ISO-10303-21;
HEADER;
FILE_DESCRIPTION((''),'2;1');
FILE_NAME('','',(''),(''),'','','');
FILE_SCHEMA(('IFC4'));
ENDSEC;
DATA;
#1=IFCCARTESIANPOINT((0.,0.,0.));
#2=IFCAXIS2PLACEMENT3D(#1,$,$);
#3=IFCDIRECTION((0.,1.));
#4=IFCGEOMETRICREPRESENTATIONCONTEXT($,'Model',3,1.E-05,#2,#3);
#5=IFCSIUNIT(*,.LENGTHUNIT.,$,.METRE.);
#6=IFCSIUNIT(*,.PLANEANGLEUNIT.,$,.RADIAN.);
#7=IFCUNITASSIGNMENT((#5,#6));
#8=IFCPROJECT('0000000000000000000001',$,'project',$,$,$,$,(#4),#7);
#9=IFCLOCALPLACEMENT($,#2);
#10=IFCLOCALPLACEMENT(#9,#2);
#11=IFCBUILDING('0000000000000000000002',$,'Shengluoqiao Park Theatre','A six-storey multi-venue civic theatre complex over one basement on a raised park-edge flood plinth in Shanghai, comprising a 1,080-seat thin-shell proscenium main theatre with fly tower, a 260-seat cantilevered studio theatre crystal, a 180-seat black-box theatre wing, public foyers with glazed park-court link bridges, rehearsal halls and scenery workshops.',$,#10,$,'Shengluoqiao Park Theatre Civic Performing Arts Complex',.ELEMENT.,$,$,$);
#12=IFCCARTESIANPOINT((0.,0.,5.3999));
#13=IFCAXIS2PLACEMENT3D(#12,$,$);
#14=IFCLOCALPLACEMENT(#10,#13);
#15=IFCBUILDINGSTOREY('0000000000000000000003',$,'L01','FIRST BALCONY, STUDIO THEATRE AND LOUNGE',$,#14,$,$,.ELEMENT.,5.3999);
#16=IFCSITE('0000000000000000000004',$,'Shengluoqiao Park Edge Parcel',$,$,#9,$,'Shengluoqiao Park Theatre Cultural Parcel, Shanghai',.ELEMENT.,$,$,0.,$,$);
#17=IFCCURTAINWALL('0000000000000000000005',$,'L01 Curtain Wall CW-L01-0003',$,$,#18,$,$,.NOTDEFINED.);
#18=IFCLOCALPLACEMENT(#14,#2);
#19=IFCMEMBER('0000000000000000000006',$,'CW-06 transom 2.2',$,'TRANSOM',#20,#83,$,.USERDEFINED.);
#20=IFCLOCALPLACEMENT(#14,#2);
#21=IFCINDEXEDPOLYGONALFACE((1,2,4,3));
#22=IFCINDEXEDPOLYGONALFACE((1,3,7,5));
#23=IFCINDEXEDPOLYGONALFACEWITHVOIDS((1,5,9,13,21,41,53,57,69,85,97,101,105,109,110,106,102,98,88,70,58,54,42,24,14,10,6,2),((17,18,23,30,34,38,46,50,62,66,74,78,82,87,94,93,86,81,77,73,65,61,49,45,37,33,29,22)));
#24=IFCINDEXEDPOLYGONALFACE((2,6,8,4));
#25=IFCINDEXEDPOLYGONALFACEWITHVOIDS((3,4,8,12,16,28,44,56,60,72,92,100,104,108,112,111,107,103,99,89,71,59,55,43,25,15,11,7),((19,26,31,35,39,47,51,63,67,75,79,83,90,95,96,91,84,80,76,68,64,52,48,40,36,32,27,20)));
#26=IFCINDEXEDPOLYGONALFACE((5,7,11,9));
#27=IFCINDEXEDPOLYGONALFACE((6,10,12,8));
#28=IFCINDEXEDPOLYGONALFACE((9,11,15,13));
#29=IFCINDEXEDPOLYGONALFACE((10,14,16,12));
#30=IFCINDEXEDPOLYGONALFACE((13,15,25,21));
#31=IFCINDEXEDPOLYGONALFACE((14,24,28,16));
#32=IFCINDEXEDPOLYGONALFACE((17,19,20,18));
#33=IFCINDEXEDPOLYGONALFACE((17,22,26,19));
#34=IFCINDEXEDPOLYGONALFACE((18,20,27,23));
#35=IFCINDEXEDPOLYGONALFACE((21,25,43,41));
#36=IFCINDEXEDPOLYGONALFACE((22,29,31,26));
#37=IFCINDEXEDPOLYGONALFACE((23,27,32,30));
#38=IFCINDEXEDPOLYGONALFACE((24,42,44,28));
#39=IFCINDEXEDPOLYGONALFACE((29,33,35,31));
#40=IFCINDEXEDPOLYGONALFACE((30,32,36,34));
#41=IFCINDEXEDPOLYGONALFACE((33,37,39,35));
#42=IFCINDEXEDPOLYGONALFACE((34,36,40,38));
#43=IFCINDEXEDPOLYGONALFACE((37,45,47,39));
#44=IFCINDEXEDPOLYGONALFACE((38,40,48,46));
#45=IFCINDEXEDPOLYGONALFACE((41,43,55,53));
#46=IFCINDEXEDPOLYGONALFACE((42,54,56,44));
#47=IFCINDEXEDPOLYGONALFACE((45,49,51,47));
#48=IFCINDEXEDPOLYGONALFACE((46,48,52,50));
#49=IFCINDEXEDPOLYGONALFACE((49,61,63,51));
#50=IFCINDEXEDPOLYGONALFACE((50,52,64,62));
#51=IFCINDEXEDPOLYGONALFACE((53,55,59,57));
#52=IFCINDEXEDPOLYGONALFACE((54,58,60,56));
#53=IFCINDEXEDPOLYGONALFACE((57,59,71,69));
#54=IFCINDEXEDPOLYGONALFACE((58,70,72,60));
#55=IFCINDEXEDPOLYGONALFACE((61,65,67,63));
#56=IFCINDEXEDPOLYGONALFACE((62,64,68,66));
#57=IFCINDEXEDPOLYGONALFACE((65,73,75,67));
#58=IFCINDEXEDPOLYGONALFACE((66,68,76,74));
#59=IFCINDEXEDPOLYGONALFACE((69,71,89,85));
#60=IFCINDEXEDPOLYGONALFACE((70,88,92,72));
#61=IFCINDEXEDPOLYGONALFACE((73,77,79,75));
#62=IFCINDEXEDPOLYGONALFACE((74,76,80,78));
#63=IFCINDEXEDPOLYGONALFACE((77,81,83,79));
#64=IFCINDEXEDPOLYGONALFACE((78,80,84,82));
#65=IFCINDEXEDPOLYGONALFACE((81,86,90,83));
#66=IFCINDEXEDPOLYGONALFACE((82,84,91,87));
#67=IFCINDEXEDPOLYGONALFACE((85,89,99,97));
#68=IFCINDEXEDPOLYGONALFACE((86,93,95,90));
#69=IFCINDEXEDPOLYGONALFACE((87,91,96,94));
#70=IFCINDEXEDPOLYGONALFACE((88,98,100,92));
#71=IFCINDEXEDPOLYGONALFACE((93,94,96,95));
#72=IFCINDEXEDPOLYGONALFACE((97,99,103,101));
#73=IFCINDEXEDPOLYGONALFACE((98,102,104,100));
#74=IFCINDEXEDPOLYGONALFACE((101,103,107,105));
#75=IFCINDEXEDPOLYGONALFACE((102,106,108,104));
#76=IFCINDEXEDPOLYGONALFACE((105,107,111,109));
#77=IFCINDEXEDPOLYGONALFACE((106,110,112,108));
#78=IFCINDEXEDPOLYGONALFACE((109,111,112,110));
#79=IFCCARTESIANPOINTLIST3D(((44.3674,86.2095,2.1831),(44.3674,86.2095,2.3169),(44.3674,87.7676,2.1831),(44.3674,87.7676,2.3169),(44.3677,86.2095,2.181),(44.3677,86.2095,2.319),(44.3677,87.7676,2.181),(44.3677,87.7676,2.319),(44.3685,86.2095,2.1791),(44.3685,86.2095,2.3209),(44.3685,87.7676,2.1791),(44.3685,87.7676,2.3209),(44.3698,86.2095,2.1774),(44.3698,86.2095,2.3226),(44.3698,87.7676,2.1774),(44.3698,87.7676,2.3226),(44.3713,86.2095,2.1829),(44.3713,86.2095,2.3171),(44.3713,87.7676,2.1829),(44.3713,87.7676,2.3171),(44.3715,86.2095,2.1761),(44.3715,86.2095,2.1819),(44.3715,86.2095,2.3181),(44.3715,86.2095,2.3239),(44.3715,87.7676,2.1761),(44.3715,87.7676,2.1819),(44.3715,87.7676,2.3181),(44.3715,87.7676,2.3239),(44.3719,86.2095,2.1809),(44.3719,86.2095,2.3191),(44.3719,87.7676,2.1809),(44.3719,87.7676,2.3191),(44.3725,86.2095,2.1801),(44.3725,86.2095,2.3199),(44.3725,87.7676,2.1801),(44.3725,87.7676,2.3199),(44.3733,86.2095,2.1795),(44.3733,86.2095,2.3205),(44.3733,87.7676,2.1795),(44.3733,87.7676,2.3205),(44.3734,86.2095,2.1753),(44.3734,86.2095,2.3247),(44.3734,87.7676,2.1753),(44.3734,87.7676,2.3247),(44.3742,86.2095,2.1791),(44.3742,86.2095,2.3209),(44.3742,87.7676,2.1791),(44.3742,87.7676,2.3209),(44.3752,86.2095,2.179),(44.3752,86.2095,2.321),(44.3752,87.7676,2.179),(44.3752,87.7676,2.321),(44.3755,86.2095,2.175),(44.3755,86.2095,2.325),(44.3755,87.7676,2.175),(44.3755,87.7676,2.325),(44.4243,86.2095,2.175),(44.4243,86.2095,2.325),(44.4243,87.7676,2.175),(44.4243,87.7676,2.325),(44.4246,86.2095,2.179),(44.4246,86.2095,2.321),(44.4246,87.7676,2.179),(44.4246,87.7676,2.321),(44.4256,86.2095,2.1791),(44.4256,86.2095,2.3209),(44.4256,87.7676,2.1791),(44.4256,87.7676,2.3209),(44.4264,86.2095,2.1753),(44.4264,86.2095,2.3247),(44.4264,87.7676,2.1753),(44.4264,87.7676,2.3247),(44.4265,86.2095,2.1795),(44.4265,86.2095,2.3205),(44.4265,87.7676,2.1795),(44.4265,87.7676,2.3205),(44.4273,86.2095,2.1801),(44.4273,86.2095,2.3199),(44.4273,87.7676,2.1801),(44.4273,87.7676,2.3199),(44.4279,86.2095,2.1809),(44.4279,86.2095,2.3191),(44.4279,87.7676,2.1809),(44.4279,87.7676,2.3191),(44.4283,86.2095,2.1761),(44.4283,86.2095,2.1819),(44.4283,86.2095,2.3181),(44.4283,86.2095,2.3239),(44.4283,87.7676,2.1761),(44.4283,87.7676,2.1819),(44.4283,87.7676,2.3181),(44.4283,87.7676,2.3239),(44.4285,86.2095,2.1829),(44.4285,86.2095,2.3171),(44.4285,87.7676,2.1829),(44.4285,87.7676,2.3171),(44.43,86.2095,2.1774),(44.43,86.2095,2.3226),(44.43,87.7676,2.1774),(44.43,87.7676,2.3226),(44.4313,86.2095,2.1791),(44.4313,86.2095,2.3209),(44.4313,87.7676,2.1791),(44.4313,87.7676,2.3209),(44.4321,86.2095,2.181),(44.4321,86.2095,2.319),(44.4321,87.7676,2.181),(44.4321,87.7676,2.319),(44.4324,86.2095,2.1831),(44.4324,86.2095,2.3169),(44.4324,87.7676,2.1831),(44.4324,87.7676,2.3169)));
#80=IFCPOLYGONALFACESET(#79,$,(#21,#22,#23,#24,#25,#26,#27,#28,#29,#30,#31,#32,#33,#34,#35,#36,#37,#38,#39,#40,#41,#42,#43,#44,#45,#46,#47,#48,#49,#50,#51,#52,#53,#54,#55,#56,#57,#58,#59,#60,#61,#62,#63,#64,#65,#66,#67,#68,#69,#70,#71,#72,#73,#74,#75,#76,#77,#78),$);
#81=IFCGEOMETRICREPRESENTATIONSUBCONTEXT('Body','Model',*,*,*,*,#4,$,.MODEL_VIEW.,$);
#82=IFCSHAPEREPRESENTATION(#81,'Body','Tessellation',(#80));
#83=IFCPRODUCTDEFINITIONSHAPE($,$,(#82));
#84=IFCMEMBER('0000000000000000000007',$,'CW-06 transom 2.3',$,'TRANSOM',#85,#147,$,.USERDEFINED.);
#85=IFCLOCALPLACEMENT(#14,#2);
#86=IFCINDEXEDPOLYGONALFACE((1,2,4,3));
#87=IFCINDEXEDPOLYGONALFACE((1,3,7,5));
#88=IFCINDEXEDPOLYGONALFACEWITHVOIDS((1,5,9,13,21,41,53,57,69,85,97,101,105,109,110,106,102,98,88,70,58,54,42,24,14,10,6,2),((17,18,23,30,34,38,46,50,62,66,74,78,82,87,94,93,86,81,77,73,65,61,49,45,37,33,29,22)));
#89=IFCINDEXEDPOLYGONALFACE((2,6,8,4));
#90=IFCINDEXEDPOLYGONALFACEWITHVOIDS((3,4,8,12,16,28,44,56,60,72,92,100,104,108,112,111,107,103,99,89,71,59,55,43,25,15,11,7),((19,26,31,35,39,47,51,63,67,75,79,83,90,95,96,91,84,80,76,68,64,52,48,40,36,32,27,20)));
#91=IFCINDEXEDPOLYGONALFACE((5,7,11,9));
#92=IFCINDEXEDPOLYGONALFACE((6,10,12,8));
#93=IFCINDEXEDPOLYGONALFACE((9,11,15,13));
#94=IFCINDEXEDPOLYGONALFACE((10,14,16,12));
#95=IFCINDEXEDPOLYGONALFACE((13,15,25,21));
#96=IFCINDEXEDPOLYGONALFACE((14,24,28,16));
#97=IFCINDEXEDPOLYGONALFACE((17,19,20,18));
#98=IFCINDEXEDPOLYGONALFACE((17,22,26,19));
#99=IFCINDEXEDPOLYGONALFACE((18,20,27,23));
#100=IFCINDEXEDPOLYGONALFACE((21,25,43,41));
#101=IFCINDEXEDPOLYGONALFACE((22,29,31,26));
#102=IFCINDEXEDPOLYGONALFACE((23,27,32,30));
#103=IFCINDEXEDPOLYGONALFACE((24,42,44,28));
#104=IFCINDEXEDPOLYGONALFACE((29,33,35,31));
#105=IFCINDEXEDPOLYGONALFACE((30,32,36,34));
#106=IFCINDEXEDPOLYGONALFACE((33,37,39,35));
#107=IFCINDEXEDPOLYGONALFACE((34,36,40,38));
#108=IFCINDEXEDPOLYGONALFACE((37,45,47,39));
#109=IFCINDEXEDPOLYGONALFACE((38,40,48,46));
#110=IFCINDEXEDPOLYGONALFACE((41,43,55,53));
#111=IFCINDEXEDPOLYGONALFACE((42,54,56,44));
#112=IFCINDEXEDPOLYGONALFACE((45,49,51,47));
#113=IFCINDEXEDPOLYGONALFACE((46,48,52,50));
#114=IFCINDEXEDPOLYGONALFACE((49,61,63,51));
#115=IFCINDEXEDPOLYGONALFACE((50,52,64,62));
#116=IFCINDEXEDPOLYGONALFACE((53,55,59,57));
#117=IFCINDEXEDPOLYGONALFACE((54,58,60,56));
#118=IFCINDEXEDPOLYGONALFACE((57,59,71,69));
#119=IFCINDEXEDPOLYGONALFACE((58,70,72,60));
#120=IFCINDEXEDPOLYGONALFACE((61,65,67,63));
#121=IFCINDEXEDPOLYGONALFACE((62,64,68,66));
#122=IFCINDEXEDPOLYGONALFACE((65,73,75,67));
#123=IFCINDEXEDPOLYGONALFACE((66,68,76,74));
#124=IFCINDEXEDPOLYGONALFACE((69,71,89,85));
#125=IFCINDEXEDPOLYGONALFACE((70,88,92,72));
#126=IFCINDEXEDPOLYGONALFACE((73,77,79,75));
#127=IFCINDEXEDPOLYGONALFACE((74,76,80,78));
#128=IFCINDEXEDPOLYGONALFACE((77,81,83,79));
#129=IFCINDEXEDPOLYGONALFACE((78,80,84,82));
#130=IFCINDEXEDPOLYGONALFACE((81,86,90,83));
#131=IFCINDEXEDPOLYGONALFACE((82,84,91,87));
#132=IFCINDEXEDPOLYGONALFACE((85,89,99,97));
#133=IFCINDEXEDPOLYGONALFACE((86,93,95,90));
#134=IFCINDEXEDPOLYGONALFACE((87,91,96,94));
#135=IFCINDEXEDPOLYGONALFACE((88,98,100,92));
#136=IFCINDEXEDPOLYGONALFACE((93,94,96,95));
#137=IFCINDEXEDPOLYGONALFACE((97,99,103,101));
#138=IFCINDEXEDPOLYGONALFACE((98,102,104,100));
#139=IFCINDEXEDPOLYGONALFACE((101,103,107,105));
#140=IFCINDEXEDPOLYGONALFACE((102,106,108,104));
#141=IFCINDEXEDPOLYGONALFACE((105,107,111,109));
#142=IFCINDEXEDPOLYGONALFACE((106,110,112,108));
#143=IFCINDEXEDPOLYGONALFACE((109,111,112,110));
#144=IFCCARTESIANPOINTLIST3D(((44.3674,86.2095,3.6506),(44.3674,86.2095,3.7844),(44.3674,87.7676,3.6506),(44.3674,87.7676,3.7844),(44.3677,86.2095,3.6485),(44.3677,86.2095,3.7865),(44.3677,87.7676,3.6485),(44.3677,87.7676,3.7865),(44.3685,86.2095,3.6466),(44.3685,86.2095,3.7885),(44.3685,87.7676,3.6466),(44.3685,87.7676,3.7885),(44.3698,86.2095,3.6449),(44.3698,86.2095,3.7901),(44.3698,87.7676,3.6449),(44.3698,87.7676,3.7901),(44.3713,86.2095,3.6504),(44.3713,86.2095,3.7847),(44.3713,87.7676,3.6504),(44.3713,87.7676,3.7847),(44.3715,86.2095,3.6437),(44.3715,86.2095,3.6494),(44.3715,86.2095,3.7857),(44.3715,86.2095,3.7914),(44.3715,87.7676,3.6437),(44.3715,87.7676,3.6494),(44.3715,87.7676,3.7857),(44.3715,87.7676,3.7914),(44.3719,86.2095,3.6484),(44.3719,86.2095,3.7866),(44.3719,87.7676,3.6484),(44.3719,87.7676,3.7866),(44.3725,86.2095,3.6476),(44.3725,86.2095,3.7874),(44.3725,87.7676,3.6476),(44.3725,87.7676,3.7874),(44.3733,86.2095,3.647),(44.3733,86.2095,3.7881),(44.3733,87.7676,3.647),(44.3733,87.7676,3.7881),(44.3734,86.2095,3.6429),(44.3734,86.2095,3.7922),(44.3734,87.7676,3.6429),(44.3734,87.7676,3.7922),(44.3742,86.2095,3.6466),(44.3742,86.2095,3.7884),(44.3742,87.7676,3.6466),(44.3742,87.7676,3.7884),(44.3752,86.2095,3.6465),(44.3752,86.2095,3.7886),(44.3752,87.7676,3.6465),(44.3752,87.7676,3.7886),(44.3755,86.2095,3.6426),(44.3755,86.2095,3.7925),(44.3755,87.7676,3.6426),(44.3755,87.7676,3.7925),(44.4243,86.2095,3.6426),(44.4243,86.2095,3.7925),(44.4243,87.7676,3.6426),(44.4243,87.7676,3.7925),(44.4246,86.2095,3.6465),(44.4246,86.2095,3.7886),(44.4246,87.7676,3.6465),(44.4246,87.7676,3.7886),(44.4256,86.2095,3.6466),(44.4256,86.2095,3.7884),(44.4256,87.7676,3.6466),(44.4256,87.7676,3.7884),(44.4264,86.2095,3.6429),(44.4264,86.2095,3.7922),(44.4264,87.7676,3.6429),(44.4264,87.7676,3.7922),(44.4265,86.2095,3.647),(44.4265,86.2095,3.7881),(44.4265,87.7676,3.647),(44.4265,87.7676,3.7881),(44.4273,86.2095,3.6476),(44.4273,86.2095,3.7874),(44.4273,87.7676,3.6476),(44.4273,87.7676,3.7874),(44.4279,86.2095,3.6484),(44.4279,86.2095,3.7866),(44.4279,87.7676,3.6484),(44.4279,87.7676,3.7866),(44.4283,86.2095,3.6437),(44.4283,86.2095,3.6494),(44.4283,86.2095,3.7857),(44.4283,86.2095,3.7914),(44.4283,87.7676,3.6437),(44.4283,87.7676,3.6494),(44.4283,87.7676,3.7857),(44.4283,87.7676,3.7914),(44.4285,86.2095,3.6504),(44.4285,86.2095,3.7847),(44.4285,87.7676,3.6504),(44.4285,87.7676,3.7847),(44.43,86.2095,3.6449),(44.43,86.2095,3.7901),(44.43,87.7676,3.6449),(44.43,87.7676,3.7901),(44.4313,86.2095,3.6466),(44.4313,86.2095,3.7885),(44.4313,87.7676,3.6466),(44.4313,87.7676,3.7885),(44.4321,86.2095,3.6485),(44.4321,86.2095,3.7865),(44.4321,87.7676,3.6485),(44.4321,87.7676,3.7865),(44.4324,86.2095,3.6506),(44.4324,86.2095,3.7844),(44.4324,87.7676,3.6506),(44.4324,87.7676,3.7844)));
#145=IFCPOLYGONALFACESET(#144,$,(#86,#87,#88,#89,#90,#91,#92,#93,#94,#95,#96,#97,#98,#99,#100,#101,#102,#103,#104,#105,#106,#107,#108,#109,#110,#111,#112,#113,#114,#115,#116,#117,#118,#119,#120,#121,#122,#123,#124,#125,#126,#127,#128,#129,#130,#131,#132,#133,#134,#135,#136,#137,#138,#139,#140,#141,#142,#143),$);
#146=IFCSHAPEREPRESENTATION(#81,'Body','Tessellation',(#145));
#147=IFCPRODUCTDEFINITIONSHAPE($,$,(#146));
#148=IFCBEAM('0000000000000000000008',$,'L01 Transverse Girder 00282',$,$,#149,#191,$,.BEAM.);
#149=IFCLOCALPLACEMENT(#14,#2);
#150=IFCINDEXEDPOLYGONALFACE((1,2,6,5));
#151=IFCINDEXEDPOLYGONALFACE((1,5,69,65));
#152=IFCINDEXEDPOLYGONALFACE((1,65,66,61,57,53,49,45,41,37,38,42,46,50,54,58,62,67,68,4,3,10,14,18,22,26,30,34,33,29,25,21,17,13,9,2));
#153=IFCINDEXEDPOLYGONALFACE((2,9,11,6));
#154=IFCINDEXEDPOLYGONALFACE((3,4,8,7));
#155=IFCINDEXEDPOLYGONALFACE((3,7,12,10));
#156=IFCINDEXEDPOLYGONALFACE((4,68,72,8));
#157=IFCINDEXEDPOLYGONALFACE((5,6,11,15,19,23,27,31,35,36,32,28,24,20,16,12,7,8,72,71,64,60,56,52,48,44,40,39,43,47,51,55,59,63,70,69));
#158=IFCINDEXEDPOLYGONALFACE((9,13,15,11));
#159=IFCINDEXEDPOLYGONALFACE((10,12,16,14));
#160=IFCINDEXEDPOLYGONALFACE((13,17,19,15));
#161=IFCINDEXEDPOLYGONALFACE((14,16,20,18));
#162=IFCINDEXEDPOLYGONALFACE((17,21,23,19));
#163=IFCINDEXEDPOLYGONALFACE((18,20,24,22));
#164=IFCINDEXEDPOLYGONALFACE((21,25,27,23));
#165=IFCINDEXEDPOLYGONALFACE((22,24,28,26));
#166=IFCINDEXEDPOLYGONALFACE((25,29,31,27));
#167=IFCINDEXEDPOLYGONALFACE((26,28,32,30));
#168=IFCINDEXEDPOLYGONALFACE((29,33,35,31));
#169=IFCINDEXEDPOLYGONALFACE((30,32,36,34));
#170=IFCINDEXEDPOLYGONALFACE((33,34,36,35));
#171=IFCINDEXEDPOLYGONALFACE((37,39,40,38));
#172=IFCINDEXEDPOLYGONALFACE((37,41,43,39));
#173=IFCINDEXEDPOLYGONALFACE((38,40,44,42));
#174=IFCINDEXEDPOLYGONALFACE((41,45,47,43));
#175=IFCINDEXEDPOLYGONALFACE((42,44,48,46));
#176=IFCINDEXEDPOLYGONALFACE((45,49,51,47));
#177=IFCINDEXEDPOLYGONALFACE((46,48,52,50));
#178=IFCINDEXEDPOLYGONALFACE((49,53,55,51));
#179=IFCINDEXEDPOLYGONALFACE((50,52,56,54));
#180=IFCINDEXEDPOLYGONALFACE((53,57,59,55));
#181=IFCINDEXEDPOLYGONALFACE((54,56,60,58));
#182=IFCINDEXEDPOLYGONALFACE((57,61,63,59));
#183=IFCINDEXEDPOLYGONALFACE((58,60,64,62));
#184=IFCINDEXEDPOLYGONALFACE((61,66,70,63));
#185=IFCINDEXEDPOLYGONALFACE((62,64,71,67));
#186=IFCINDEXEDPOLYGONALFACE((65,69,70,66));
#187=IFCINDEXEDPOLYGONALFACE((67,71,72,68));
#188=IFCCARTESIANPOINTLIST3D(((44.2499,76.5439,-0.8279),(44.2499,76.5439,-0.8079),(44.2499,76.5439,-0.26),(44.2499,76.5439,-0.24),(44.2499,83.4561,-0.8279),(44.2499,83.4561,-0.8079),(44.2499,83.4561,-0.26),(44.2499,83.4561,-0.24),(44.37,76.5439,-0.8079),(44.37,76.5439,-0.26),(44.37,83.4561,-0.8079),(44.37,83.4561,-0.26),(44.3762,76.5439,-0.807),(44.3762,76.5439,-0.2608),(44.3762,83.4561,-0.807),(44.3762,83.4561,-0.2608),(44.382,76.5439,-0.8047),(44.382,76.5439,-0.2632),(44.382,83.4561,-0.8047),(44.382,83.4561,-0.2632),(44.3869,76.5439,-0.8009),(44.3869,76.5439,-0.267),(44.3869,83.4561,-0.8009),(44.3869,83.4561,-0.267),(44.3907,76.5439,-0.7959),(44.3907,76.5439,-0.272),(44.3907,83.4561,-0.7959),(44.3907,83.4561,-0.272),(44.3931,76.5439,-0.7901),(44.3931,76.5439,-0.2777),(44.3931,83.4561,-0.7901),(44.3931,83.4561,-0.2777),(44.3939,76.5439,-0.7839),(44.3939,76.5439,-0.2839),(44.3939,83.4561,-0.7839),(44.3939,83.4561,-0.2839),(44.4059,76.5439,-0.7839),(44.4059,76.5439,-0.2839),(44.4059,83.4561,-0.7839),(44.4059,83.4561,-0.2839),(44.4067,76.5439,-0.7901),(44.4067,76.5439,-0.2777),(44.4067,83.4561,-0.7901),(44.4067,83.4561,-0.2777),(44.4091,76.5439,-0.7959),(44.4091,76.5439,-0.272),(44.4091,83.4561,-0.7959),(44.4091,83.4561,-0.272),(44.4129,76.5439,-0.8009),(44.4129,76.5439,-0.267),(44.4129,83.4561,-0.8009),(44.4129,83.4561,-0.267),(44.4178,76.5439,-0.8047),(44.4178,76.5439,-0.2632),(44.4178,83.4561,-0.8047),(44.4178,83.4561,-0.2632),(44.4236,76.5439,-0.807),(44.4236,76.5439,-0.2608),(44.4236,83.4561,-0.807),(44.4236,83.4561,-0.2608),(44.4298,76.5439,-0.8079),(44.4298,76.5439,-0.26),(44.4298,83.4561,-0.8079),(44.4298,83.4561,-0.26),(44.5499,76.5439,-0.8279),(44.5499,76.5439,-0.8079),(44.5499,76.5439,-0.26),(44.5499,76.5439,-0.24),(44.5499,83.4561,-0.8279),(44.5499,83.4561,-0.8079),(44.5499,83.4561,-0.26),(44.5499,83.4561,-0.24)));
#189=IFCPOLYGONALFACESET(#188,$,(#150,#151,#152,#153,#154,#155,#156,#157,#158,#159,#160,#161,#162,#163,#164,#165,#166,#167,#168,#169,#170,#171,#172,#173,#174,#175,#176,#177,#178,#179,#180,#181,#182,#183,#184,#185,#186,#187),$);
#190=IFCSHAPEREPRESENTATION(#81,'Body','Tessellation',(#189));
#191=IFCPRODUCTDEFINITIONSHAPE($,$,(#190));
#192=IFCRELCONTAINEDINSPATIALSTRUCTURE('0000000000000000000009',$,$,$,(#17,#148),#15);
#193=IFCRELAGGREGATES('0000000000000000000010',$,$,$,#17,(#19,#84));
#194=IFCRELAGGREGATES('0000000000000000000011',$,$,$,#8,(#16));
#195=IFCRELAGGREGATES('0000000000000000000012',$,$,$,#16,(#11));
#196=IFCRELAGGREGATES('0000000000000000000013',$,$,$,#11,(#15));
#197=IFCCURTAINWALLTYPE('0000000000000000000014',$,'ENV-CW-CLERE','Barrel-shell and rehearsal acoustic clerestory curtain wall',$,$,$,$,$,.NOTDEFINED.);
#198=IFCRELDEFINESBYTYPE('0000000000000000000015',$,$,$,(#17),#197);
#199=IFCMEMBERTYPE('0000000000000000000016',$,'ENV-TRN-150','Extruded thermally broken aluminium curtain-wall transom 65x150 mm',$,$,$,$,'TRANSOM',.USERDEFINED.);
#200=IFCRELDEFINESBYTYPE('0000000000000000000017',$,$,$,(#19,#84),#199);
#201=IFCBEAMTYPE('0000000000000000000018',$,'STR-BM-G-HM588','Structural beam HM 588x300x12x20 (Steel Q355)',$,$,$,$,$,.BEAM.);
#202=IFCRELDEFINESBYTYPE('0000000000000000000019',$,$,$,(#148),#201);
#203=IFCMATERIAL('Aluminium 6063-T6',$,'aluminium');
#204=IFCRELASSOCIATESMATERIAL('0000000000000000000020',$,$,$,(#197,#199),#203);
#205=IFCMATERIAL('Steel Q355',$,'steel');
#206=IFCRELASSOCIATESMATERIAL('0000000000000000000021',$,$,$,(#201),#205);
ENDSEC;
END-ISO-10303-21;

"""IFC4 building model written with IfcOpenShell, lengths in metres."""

from ifc_helpers import new_model, si_unit, direction, frame, origin, origin_2d, place, context, subcontext, project, spatial, hollow_rectangle, i_section, extrude, material, material_profile, profile_set, type_object, element, aggregate, save


model = new_model("IFC4")

# Units and contexts
model_context = context("Model", 3, precision=1e-05, world=origin(), true_north=direction((0.0, 1.0)))
body_context = subcontext(model_context, "Body", "Model", "MODEL_VIEW")
ifc_project = project(units=[si_unit("LENGTHUNIT", "METRE"), si_unit("PLANEANGLEUNIT", "RADIAN")], contexts=[model_context])

# Site, building, storey
site_placement = place(None, origin())
site = spatial("IfcSite", under=ifc_project, at=site_placement, Name="Shengluoqiao Park Edge Parcel", LongName="Shengluoqiao Park Theatre Cultural Parcel, Shanghai", CompositionType="ELEMENT", RefElevation=0.0)
building_placement = place(site_placement, origin())
building = spatial("IfcBuilding", under=site, at=building_placement, Name="Shengluoqiao Park Theatre", Description="A six-storey multi-venue civic theatre complex over one basement on a raised park-edge flood plinth in Shanghai, comprising a 1,080-seat thin-shell proscenium main theatre with fly tower, a 260-seat cantilevered studio theatre crystal, a 180-seat black-box theatre wing, public foyers with glazed park-court link bridges, rehearsal halls and scenery workshops.", LongName="Shengluoqiao Park Theatre Civic Performing Arts Complex", CompositionType="ELEMENT")
storey_placement = place(building_placement, frame((0.0, 0.0, 5.3999)))
storey = spatial("IfcBuildingStorey", under=building, at=storey_placement, Name="L01", Description="FIRST BALCONY, STUDIO THEATRE AND LOUNGE", CompositionType="ELEMENT", Elevation=5.3999)

# Curtain wall, members
ifc_material_1 = material(Name="Aluminium 6063-T6", Category="aluminium")
curtain_wall_type = type_object("IfcCurtainWallType", Name="ENV-CW-CLERE", Description="Barrel-shell and rehearsal acoustic clerestory curtain wall", PredefinedType="NOTDEFINED", material=ifc_material_1)
curtain_wall_placement = place(storey_placement, origin())
curtain_wall = element("IfcCurtainWall", 1, at=curtain_wall_placement, inside=storey, type_object=curtain_wall_type, Name="L01 Curtain Wall CW-L01-0003", PredefinedType="NOTDEFINED")
ifc_material_profile_1 = material_profile(ifc_material_1, hollow_rectangle(XDim=0.0649, YDim=0.1499, WallThickness=0.0039, InnerFilletRadius=0.0039, OuterFilletRadius=0.0081, at=origin_2d()), Name="ALU TRANSOM 150x65x4")
ifc_profile_set_1 = profile_set([ifc_material_profile_1], Name="Aluminium 6063-T6")
member_type_1 = type_object("IfcMemberType", Name="ENV-TRN-150", Description="Extruded thermally broken aluminium curtain-wall transom 65x150 mm", ElementType="TRANSOM", PredefinedType="USERDEFINED", material=ifc_profile_set_1)
member_1_placement = place(storey_placement, frame((44.3999, 86.2095, 2.25), z_axis=(0.0, 1.0, 0.0), x_axis=(-1.0, 0.0, 0.0)))
member_1 = element("IfcMember", 2, at=member_1_placement, type_object=member_type_1, Name="CW-06 transom 2.2", ObjectType="TRANSOM", PredefinedType="USERDEFINED", context=body_context, shape_type="SweptSolid", body=[
    extrude(hollow_rectangle(XDim=0.0649, YDim=0.1499, WallThickness=0.0039, InnerFilletRadius=0.0039, OuterFilletRadius=0.0081, at=origin_2d()), origin(), (0.0, 0.0, 1.0), 1.5581),
])
member_2_placement = place(storey_placement, frame((44.3999, 86.2095, 3.7175), z_axis=(0.0, 1.0, 0.0), x_axis=(-1.0, 0.0, 0.0)))
member_2 = element("IfcMember", 3, at=member_2_placement, type_object=member_type_1, Name="CW-06 transom 2.3", ObjectType="TRANSOM", PredefinedType="USERDEFINED", context=body_context, shape_type="SweptSolid", body=[
    extrude(hollow_rectangle(XDim=0.0649, YDim=0.1499, WallThickness=0.0039, InnerFilletRadius=0.0039, OuterFilletRadius=0.0081, at=origin_2d()), origin(), (0.0, 0.0, 1.0), 1.5581),
])

# Beam
ifc_material_2 = material(Name="Steel Q355", Category="steel")
ifc_material_profile_2 = material_profile(ifc_material_2, i_section(OverallWidth=0.3, OverallDepth=0.5879, WebThickness=0.012, FlangeThickness=0.02, FilletRadius=0.0239, at=origin_2d()), Name="HM 588x300x12x20")
ifc_profile_set_2 = profile_set([ifc_material_profile_2], Name="Steel Q355")
beam_type_1 = type_object("IfcBeamType", Name="STR-BM-G-HM588", Description="Structural beam HM 588x300x12x20 (Steel Q355)", PredefinedType="BEAM", material=ifc_profile_set_2)
beam_1_placement = place(storey_placement, frame((44.3999, 76.5439, -0.5339), z_axis=(0.0, 1.0, 0.0), x_axis=(-1.0, 0.0, 0.0)))
element("IfcBeam", 4, at=beam_1_placement, inside=storey, type_object=beam_type_1, Name="L01 Transverse Girder 00282", PredefinedType="BEAM", context=body_context, shape_type="SweptSolid", body=[
    extrude(i_section(OverallWidth=0.3, OverallDepth=0.5879, WebThickness=0.012, FlangeThickness=0.02, FilletRadius=0.0239, at=origin_2d()), origin(), (0.0, 0.0, 1.0), 6.9121),
])

aggregate(curtain_wall, [member_1, member_2])

save(model, "model.ifc")
